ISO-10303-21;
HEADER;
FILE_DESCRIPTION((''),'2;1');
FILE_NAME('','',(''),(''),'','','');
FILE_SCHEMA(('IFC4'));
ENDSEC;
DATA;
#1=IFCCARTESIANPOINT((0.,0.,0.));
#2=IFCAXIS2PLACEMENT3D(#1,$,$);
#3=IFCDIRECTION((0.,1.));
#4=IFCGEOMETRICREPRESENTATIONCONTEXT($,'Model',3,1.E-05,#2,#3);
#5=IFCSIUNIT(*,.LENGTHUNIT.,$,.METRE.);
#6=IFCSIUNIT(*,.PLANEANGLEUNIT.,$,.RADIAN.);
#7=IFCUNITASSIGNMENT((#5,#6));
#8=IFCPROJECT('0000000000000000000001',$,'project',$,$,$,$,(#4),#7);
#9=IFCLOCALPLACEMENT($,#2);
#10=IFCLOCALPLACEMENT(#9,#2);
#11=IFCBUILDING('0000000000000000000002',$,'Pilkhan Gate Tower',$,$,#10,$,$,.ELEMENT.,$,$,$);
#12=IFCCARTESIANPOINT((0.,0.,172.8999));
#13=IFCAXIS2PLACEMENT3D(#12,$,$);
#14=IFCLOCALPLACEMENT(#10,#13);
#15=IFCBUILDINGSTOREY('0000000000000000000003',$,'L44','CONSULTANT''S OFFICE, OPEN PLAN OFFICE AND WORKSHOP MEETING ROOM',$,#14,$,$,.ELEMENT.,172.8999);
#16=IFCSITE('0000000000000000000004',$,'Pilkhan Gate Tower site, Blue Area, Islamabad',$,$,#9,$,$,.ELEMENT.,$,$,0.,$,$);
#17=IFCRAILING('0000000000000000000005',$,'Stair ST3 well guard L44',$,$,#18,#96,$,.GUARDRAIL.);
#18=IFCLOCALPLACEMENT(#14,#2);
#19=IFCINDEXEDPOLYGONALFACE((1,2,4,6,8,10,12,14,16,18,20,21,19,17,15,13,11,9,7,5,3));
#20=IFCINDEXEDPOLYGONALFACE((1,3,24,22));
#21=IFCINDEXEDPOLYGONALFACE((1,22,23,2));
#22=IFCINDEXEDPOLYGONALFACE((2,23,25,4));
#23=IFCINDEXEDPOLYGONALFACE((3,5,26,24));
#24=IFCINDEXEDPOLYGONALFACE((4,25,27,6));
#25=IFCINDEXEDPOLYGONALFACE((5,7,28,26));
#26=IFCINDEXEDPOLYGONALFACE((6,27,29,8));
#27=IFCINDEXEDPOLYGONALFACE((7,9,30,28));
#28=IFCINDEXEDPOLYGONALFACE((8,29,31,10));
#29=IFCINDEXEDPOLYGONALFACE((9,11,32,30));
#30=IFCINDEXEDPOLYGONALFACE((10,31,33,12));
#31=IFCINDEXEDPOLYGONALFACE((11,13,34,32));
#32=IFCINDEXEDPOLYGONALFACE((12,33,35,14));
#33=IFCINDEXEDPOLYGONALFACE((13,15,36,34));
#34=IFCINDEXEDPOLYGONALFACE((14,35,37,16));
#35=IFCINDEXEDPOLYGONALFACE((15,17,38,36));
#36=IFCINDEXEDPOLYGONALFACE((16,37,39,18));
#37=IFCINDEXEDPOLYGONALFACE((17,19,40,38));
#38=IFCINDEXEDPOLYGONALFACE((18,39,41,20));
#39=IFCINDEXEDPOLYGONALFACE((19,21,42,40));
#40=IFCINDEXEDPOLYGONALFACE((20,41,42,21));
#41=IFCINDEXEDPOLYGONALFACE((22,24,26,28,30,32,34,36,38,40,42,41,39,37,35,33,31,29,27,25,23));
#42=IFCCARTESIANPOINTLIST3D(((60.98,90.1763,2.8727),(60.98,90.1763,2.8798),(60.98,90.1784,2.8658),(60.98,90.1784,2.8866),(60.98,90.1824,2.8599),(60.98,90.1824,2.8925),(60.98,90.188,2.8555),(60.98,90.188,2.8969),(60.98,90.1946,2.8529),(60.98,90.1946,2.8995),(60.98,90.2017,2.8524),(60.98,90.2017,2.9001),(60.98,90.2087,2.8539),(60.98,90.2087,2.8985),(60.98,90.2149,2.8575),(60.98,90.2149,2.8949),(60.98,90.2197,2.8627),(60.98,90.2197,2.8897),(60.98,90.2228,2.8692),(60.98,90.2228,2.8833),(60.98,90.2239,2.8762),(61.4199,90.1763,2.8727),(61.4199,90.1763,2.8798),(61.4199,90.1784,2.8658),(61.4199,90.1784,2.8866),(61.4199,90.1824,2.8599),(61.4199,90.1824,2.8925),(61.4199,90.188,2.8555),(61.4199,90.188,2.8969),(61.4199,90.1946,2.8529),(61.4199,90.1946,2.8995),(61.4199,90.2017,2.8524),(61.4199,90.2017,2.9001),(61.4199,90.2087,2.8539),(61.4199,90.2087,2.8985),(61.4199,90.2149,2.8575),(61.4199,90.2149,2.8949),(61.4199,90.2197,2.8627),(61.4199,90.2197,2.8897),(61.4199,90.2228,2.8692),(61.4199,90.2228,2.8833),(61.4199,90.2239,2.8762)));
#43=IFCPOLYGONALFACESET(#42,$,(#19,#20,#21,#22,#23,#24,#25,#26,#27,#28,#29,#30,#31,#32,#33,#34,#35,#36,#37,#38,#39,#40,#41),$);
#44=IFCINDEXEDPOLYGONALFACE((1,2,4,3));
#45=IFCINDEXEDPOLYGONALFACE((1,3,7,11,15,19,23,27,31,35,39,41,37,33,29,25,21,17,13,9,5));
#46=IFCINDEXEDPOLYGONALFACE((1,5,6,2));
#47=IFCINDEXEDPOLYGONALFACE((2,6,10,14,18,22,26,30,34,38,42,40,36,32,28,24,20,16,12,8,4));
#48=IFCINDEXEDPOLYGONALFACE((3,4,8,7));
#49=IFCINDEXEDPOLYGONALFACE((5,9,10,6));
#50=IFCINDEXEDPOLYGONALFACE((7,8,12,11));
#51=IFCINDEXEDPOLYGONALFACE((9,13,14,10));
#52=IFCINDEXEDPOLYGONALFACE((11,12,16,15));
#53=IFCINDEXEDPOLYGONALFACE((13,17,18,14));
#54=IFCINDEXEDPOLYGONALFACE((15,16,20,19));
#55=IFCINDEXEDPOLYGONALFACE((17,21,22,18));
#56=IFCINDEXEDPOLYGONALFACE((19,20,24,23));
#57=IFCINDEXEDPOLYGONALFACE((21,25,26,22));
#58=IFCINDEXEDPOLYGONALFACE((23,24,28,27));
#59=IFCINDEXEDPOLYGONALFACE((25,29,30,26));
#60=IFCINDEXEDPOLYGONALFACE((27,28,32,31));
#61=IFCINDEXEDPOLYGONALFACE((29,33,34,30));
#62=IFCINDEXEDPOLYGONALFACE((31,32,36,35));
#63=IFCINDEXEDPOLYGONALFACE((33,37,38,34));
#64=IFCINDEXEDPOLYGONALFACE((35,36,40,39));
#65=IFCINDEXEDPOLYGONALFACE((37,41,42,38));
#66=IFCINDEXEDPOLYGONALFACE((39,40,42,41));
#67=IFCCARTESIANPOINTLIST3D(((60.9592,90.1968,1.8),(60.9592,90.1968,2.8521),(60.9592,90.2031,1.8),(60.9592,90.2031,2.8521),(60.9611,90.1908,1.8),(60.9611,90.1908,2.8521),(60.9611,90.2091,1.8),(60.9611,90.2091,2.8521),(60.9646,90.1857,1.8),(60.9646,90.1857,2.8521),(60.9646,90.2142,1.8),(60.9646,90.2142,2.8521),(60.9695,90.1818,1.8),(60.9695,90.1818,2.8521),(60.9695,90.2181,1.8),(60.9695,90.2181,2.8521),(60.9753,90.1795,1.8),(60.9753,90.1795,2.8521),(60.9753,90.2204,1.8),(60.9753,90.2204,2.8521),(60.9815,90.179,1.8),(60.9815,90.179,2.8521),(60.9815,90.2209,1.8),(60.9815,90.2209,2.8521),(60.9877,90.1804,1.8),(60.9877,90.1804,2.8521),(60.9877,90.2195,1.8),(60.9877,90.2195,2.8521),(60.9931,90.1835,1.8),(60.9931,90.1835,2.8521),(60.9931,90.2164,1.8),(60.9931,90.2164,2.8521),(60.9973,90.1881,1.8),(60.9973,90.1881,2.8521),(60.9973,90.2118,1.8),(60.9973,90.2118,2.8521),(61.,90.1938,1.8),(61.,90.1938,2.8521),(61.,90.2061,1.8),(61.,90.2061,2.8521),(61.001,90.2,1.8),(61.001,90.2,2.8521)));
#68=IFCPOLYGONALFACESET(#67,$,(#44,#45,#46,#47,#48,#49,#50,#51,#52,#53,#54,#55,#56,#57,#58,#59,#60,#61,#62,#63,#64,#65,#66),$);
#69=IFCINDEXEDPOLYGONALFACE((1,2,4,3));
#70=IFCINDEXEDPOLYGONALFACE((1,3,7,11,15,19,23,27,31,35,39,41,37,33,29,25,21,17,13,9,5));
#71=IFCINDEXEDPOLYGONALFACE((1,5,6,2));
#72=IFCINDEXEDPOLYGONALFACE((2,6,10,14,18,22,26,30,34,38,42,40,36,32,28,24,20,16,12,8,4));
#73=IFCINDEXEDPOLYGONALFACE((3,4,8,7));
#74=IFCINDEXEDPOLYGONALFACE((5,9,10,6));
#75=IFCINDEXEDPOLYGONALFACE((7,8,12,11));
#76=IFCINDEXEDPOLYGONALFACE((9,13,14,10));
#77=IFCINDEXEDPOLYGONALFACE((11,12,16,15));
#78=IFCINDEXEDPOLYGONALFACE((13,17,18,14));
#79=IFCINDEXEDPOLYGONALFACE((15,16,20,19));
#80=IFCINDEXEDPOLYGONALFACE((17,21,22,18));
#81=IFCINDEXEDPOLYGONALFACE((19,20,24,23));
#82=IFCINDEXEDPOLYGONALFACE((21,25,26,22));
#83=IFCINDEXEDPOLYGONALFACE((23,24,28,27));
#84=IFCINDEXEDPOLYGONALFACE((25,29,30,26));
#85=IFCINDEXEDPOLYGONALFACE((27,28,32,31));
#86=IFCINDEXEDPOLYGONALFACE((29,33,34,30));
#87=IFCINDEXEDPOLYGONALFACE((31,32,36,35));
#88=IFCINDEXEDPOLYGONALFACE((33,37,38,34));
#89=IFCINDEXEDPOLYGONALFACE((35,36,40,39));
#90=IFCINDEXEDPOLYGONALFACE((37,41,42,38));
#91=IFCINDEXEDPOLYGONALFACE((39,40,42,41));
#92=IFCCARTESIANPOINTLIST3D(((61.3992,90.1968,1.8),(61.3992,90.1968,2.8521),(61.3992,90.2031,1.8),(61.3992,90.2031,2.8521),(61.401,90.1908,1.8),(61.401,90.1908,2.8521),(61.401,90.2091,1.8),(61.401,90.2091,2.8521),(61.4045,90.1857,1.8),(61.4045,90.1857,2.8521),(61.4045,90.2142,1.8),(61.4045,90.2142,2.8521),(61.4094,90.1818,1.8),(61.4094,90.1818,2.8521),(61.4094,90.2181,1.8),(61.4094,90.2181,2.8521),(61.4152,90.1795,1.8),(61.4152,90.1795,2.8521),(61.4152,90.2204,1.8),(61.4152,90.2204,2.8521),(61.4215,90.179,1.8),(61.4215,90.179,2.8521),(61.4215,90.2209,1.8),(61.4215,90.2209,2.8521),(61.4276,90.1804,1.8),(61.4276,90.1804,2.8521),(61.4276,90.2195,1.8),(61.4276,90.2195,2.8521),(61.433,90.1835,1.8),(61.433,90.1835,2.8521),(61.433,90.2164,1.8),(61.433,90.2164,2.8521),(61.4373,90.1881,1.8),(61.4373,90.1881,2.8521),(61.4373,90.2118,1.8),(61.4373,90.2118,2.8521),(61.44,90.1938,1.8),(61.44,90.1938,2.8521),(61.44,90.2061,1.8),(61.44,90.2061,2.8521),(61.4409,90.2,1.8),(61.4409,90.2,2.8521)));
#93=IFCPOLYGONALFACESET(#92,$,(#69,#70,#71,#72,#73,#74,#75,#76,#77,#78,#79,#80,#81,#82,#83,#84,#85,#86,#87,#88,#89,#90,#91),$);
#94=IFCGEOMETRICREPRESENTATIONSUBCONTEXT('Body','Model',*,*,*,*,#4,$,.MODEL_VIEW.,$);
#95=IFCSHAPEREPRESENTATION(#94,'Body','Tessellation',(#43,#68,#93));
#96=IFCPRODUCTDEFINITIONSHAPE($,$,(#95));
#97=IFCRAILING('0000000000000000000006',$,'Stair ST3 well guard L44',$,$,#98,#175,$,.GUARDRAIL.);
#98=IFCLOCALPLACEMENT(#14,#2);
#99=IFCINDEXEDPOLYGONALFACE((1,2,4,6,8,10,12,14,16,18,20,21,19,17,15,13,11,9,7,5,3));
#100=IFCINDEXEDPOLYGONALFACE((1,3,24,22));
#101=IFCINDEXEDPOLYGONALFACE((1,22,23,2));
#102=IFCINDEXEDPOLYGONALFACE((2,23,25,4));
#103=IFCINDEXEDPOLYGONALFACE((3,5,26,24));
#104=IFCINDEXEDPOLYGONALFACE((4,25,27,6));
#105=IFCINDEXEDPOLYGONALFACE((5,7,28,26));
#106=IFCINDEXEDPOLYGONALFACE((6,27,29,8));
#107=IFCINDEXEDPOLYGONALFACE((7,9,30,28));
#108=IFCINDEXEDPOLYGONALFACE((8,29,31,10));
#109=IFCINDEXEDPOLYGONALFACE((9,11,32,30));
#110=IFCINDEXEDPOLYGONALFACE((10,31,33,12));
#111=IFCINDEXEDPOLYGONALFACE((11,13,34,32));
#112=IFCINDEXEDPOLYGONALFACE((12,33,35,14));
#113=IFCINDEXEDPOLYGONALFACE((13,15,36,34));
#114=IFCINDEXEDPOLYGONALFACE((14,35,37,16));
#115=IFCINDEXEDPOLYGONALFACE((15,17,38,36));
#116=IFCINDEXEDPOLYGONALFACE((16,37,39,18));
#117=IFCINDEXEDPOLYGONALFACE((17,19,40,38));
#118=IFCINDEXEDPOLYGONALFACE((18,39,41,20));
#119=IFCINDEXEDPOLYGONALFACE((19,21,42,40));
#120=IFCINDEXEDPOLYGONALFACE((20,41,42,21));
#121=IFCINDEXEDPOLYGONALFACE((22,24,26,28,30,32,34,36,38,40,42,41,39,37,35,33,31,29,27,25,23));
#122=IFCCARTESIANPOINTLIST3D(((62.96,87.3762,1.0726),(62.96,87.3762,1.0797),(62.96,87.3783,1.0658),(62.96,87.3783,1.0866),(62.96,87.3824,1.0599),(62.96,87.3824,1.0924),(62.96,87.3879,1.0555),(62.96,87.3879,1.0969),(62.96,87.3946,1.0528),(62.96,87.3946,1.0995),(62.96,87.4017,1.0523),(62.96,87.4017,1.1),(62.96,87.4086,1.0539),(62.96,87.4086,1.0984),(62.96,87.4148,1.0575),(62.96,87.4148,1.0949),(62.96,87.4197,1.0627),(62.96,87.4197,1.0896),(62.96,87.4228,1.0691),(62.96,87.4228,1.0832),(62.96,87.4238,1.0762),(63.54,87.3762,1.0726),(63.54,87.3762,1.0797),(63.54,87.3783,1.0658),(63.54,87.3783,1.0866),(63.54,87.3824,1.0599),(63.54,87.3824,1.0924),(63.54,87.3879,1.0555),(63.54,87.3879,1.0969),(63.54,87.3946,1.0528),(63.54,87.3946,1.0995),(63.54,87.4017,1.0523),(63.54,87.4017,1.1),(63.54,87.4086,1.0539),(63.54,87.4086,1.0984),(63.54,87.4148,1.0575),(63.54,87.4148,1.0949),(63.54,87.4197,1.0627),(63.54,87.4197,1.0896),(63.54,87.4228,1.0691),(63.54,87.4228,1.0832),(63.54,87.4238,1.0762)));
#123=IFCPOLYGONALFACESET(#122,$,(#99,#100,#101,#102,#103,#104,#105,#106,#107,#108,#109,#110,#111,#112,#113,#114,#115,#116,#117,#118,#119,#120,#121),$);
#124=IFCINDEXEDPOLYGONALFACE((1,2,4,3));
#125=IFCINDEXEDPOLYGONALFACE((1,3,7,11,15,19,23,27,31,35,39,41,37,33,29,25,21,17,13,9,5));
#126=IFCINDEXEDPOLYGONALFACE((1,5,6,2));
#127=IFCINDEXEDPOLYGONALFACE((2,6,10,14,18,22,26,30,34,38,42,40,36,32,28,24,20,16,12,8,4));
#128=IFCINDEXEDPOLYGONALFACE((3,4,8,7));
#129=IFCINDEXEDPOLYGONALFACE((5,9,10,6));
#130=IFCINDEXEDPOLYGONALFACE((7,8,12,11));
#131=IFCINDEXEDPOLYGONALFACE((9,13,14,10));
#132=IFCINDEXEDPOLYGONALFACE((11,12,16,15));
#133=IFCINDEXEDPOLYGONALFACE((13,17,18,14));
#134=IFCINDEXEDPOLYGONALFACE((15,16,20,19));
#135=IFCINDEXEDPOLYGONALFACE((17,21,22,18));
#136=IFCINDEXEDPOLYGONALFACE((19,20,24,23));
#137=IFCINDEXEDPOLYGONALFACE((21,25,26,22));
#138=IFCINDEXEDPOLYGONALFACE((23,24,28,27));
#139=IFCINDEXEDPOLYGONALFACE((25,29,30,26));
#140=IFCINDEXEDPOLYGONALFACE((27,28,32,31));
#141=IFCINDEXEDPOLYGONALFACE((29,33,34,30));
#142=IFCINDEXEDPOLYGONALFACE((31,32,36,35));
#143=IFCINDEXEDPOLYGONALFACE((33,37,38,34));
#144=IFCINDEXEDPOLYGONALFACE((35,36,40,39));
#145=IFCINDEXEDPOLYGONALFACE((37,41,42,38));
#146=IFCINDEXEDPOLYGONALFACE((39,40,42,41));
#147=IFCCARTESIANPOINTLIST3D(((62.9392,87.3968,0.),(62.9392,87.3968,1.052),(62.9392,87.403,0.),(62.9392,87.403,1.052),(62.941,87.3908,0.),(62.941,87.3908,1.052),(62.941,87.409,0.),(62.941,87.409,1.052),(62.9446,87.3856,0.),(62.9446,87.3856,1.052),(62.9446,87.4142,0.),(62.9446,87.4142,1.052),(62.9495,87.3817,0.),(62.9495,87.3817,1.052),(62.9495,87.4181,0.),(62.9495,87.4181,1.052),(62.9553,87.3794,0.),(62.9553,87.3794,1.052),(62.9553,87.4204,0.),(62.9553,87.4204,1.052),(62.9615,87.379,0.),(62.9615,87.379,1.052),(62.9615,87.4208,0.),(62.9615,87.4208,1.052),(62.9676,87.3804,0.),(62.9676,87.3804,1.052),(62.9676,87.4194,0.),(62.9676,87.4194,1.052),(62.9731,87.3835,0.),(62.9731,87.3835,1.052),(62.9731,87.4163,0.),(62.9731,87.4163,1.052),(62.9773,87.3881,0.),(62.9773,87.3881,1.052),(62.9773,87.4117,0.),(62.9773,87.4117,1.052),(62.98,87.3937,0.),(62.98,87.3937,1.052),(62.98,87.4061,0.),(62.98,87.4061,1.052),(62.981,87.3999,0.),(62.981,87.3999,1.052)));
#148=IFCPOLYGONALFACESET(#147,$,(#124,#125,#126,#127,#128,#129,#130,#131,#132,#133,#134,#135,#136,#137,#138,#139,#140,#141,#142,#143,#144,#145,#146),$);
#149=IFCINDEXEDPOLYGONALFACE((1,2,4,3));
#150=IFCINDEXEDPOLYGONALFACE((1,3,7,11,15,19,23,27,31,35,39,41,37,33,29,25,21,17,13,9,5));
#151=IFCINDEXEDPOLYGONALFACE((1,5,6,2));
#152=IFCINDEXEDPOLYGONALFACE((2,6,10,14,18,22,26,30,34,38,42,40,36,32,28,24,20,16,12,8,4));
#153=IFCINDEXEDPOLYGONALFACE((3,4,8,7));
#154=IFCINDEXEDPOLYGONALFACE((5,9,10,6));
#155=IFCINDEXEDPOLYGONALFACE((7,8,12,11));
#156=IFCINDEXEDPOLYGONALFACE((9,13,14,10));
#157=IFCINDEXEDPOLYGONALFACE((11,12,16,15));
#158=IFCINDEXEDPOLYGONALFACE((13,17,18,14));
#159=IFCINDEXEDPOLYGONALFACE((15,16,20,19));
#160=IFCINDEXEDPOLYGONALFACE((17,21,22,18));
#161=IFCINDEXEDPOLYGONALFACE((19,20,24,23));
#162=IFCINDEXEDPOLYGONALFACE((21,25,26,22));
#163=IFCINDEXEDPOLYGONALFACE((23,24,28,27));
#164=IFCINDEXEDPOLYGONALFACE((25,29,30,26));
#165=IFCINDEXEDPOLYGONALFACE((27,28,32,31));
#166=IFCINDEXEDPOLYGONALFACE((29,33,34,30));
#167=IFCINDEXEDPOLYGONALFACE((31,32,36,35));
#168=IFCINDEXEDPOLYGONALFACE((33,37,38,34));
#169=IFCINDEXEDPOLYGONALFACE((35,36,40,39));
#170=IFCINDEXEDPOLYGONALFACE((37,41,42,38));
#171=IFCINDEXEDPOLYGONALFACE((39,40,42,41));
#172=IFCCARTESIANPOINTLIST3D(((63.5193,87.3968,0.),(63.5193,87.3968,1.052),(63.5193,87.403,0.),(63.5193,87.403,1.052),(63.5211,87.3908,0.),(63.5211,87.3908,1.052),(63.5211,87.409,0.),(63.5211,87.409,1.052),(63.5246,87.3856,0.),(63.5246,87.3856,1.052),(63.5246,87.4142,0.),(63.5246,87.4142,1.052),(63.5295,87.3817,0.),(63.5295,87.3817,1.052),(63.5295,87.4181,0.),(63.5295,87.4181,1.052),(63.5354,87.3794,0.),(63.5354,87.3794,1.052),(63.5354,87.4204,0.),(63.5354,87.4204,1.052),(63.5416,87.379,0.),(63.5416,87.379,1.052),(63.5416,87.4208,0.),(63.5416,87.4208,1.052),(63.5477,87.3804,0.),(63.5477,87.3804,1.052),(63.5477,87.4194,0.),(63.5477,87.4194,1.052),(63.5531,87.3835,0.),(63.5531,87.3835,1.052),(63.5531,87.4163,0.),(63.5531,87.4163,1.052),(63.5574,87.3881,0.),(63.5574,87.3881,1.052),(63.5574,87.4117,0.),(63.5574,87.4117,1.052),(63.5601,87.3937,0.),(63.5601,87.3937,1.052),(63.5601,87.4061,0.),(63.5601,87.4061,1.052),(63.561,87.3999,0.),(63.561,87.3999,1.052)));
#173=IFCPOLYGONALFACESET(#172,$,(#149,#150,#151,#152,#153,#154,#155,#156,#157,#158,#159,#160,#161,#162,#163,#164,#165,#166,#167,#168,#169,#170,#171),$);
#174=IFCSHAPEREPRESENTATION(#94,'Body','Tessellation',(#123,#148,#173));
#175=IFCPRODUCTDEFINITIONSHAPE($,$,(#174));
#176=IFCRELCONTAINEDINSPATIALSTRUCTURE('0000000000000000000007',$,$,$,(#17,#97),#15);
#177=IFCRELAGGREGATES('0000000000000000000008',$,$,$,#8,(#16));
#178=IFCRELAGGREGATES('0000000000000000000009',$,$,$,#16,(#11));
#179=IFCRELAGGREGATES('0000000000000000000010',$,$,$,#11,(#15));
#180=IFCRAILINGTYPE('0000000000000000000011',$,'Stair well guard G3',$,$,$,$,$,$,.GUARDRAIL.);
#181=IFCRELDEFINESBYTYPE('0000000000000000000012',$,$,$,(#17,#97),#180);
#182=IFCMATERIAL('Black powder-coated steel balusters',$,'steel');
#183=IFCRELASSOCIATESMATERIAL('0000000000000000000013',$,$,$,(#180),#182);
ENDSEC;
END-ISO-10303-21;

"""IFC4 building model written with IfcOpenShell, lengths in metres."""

from ifc_helpers import new_model, si_unit, direction, frame, origin, origin_2d, place, context, subcontext, project, spatial, circle, extrude, material, type_object, element, save


model = new_model("IFC4")

# Units and contexts
model_context = context("Model", 3, precision=1e-05, world=origin(), true_north=direction((0.0, 1.0)))
body_context = subcontext(model_context, "Body", "Model", "MODEL_VIEW")
ifc_project = project(units=[si_unit("LENGTHUNIT", "METRE"), si_unit("PLANEANGLEUNIT", "RADIAN")], contexts=[model_context])

# Site, building, storey
site_placement = place(None, origin())
site = spatial("IfcSite", under=ifc_project, at=site_placement, Name="Pilkhan Gate Tower site, Blue Area, Islamabad", CompositionType="ELEMENT", RefElevation=0.0)
building_placement = place(site_placement, origin())
building = spatial("IfcBuilding", under=site, at=building_placement, Name="Pilkhan Gate Tower", CompositionType="ELEMENT")
storey_placement = place(building_placement, frame((0.0, 0.0, 172.8999)))
storey = spatial("IfcBuildingStorey", under=building, at=storey_placement, Name="L44", Description="CONSULTANT'S OFFICE, OPEN PLAN OFFICE AND WORKSHOP MEETING ROOM", CompositionType="ELEMENT", Elevation=172.8999)

# Railings
ifc_material_1 = material(Name="Black powder-coated steel balusters", Category="steel")
railing_type_1 = type_object("IfcRailingType", Name="Stair well guard G3", PredefinedType="GUARDRAIL", material=ifc_material_1)
railing_1_placement = place(storey_placement, frame((60.98, 90.2, 1.8)))
element("IfcRailing", 1, at=railing_1_placement, inside=storey, type_object=railing_type_1, Name="Stair ST3 well guard L44", PredefinedType="GUARDRAIL", context=body_context, shape_type="SweptSolid", body=[
    extrude(circle(Radius=0.0239, at=origin_2d()), frame((0.0, 0.0, 1.0762), z_axis=(1.0, 0.0, 0.0), x_axis=(0.0, 1.0, 0.0)), (0.0, 0.0, 1.0), 0.4399),
    extrude(circle(Radius=0.021, at=origin_2d()), origin(), (0.0, 0.0, 1.0), 1.052),
    extrude(circle(Radius=0.021, at=origin_2d()), frame((0.4399, 0.0, 0.0)), (0.0, 0.0, 1.0), 1.052),
])
for number, where, name in (
    (2, (62.96, 87.3999, 0.0), "Stair ST3 well guard L44"),
):
    element("IfcRailing", number, at=place(storey_placement, frame(where)), inside=storey, type_object=railing_type_1, Name=name, PredefinedType="GUARDRAIL", context=body_context, shape_type="SweptSolid", body=[
        extrude(circle(Radius=0.0239, at=origin_2d()), frame((0.0, 0.0, 1.0762), z_axis=(1.0, 0.0, 0.0), x_axis=(0.0, 1.0, 0.0)), (0.0, 0.0, 1.0), 0.5801),
        extrude(circle(Radius=0.021, at=origin_2d()), origin(), (0.0, 0.0, 1.0), 1.052),
        extrude(circle(Radius=0.021, at=origin_2d()), frame((0.5801, 0.0, 0.0)), (0.0, 0.0, 1.0), 1.052),
    ])

save(model, "model.ifc")
